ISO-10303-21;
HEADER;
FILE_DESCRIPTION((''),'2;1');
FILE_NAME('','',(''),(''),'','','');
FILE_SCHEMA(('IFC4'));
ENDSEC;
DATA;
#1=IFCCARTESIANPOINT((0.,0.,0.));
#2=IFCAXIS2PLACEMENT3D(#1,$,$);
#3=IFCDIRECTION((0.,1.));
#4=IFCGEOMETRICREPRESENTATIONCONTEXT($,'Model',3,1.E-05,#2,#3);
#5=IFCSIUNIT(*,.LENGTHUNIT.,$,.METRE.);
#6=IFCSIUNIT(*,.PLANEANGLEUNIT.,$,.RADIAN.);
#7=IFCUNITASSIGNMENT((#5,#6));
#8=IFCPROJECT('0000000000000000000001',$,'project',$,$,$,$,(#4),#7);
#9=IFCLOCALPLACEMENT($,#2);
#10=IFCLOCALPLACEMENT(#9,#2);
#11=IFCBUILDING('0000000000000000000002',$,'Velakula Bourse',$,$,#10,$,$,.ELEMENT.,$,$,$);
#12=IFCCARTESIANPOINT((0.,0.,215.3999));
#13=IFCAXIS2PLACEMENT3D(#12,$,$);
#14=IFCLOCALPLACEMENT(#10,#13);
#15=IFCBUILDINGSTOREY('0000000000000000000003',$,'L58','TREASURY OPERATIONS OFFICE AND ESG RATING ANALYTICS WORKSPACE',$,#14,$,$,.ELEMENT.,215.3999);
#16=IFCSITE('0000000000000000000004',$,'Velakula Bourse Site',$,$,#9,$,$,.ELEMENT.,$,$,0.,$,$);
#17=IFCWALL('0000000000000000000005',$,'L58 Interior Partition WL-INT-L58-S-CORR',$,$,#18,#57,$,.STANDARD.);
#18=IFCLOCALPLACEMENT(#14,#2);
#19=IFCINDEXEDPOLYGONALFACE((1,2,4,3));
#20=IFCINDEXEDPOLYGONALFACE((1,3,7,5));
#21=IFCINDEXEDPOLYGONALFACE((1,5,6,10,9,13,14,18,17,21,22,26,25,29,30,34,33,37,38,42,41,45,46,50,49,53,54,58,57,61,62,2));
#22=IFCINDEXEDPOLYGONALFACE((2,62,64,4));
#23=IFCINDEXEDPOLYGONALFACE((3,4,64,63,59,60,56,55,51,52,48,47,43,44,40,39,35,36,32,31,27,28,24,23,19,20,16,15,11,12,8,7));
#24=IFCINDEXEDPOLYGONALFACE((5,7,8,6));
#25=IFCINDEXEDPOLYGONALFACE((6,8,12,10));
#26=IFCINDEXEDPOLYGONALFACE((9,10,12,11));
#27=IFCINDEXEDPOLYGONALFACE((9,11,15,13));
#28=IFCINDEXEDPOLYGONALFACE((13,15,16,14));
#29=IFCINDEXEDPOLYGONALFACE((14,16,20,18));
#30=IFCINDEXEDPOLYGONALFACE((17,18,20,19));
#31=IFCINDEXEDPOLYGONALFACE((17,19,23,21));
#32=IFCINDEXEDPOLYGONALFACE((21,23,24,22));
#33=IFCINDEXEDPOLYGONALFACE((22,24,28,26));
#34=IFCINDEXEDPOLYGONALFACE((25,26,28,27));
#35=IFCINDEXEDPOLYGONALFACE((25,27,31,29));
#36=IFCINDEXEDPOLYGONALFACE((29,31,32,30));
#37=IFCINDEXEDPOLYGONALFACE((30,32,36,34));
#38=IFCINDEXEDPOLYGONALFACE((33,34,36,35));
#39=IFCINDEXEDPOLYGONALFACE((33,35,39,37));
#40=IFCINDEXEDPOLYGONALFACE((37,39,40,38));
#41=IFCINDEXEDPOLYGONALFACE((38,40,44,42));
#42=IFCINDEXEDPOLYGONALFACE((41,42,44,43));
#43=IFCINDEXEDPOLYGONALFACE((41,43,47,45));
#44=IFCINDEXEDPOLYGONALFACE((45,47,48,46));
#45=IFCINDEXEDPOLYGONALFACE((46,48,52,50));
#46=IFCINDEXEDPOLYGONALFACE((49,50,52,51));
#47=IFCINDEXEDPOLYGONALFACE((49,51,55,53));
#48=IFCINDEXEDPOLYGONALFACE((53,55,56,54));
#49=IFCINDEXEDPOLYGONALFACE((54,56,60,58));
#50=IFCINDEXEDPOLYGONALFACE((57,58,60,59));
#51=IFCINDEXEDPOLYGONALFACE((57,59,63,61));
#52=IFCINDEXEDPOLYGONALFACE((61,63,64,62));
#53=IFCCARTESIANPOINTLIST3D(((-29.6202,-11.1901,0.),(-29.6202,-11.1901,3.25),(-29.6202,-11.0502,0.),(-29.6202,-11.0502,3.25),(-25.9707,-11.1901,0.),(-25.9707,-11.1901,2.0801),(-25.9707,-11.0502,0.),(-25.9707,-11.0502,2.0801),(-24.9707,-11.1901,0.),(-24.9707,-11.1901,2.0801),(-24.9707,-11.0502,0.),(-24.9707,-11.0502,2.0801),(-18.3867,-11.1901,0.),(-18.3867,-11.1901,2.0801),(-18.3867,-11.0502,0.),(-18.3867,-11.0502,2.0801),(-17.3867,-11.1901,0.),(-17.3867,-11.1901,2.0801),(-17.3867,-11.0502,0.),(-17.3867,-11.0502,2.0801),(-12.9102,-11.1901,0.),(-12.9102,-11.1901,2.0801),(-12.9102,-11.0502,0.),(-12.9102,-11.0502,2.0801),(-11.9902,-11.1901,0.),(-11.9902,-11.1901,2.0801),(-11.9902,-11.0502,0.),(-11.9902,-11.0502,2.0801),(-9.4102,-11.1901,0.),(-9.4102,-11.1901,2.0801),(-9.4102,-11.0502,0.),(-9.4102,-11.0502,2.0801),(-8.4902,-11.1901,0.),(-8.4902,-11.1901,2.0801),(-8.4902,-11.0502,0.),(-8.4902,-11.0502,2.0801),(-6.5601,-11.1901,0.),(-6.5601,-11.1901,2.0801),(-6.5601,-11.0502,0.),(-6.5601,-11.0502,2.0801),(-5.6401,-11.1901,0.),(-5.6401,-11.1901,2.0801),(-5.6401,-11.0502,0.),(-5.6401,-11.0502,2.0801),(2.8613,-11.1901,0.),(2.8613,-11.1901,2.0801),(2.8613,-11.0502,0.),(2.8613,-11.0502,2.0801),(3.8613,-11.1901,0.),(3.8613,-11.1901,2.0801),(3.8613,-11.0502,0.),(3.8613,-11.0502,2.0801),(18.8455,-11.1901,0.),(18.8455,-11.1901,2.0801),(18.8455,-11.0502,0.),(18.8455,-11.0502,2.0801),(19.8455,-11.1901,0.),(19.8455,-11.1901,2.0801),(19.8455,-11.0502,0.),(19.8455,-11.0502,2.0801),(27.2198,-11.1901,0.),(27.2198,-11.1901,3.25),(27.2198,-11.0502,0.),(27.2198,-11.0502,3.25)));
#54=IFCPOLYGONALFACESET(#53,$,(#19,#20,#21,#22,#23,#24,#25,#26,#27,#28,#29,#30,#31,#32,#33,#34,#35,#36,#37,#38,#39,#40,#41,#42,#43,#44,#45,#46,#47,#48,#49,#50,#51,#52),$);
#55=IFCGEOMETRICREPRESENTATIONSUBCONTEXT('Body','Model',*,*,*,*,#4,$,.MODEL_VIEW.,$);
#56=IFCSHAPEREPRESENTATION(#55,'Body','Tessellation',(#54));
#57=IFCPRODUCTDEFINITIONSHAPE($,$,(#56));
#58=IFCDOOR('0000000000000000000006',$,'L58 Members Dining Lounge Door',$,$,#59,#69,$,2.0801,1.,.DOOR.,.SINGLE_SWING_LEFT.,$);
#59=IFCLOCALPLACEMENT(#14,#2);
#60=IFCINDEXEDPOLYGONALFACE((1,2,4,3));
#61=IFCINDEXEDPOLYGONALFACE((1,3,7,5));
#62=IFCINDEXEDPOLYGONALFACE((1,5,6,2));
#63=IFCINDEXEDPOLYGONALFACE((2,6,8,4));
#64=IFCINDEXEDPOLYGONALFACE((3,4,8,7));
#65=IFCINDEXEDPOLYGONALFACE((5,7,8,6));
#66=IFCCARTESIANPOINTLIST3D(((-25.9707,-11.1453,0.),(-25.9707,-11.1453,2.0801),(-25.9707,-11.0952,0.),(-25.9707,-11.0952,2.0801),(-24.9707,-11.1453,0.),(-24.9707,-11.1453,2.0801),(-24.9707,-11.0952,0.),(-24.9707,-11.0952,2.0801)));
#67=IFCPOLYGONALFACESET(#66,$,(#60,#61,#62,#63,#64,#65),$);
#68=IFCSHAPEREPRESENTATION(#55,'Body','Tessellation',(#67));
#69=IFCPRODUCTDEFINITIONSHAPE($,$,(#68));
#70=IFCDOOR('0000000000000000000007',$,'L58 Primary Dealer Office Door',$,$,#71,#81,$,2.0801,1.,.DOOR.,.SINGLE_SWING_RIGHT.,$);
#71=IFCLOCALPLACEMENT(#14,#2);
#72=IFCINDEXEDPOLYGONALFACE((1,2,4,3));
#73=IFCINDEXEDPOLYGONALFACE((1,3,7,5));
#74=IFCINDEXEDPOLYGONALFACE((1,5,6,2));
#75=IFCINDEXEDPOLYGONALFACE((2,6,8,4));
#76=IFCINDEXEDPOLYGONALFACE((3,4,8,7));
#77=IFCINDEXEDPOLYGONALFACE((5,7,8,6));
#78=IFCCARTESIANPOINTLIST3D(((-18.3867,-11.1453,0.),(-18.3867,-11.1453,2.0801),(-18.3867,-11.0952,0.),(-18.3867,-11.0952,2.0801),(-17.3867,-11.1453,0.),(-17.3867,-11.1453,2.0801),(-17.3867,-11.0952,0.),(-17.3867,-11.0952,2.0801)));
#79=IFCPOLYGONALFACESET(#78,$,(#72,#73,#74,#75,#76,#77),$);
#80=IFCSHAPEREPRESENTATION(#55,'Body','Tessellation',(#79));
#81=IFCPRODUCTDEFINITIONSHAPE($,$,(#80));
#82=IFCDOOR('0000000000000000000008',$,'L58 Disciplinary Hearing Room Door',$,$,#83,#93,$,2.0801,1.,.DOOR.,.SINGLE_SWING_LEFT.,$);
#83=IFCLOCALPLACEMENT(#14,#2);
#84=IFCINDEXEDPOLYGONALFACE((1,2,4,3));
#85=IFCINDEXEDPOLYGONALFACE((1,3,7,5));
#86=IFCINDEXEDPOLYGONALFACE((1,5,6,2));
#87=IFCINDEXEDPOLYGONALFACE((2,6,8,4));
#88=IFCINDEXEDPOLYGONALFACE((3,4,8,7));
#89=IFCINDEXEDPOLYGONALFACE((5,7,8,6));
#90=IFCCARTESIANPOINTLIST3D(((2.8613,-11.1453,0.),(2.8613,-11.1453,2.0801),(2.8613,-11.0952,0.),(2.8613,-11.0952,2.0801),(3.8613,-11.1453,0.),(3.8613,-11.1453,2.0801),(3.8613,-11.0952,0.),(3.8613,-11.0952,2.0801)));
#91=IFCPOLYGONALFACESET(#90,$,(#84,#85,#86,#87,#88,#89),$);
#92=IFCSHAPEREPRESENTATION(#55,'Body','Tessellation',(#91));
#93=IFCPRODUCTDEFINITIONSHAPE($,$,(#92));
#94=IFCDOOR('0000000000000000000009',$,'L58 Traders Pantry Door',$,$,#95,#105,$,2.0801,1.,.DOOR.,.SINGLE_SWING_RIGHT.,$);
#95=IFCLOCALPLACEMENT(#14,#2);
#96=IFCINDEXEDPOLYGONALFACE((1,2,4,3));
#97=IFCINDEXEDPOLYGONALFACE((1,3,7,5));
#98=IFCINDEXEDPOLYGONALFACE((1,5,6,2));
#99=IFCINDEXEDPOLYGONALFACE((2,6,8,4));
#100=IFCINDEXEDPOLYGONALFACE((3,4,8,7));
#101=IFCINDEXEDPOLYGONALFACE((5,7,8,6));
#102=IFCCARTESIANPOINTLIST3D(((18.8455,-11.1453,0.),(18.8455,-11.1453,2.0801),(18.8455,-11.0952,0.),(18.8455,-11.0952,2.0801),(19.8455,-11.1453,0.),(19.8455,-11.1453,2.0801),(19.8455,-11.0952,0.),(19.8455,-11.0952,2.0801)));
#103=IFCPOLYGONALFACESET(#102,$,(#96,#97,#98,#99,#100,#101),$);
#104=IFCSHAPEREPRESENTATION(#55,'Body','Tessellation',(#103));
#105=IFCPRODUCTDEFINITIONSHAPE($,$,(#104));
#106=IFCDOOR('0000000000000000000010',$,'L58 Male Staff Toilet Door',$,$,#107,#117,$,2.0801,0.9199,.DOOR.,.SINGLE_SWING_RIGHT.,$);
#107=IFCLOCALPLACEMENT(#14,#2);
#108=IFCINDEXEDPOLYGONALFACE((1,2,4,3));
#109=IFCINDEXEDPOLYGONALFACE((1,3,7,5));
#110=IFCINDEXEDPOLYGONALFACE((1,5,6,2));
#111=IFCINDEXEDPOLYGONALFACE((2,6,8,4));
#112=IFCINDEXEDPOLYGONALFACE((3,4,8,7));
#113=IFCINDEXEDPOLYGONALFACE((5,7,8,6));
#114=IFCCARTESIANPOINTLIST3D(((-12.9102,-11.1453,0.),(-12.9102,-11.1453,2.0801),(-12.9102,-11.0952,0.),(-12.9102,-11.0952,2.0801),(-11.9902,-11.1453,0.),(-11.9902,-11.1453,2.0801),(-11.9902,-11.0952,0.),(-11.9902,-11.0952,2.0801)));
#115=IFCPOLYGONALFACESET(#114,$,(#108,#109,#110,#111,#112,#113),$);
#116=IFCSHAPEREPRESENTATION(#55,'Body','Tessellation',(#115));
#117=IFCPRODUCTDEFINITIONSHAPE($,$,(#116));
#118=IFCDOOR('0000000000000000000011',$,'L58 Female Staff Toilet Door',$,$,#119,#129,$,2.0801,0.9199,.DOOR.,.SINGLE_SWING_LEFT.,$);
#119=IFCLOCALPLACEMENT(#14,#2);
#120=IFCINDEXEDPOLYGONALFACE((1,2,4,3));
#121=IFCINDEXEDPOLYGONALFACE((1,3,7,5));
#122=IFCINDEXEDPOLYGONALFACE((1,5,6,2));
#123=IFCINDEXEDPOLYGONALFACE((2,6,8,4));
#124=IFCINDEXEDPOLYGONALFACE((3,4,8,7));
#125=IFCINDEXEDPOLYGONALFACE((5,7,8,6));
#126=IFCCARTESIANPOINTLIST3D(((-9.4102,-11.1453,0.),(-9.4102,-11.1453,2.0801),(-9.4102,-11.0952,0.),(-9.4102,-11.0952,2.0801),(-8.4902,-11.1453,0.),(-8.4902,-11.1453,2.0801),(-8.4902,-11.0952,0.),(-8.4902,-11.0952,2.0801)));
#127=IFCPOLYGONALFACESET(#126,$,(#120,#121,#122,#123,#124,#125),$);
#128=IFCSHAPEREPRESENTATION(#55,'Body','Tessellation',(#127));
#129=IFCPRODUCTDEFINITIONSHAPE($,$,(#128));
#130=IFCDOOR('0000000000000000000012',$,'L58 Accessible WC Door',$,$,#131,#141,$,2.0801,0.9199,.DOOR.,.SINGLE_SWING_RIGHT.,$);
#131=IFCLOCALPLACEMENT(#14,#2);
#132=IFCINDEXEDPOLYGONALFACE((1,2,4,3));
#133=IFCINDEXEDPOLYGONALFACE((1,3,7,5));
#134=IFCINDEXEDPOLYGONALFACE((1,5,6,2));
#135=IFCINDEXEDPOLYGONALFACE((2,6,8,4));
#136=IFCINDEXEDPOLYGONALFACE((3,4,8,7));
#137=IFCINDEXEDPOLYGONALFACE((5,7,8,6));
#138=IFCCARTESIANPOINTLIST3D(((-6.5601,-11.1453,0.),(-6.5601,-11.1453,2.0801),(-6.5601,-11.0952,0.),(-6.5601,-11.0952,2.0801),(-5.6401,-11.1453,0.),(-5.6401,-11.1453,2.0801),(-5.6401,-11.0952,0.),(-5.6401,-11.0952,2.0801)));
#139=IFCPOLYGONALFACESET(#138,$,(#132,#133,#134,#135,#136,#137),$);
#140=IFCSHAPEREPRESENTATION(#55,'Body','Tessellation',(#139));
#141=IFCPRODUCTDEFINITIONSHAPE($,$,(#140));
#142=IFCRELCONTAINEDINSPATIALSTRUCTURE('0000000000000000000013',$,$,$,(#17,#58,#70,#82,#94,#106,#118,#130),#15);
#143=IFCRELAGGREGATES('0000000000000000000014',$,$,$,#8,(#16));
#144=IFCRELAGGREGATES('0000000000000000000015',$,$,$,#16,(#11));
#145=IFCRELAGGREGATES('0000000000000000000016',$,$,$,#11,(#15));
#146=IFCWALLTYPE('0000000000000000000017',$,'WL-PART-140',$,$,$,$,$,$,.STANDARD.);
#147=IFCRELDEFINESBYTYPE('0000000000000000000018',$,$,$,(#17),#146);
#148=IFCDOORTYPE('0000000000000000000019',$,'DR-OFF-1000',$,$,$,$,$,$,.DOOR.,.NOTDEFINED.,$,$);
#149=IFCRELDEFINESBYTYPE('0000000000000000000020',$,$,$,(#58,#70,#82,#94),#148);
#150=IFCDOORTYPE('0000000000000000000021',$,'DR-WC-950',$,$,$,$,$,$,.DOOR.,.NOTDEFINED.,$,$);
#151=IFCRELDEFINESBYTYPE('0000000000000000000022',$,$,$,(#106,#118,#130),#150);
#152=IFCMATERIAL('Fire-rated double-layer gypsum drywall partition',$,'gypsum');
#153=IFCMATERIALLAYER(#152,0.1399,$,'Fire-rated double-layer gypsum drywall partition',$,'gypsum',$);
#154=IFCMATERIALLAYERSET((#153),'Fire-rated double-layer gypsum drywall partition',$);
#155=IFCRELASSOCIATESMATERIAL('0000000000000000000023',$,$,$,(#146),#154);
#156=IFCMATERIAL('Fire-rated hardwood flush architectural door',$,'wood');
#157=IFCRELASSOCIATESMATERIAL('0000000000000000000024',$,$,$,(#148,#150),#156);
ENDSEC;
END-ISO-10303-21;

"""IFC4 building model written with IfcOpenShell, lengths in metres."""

from ifc_helpers import new_model, si_unit, direction, frame, frame_2d, origin, place, context, subcontext, project, spatial, rectangle, extrude, material, layer, layer_set, type_object, element, fill, save


model = new_model("IFC4")

# Units and contexts
model_context = context("Model", 3, precision=1e-05, world=origin(), true_north=direction((0.0, 1.0)))
body_context = subcontext(model_context, "Body", "Model", "MODEL_VIEW")
ifc_project = project(units=[si_unit("LENGTHUNIT", "METRE"), si_unit("PLANEANGLEUNIT", "RADIAN")], contexts=[model_context])

# Site, building, storey
site_placement = place(None, origin())
site = spatial("IfcSite", under=ifc_project, at=site_placement, Name="Velakula Bourse Site", CompositionType="ELEMENT", RefElevation=0.0)
building_placement = place(site_placement, origin())
building = spatial("IfcBuilding", under=site, at=building_placement, Name="Velakula Bourse", CompositionType="ELEMENT")
storey_placement = place(building_placement, frame((0.0, 0.0, 215.3999)))
storey = spatial("IfcBuildingStorey", under=building, at=storey_placement, Name="L58", Description="TREASURY OPERATIONS OFFICE AND ESG RATING ANALYTICS WORKSPACE", CompositionType="ELEMENT", Elevation=215.3999)

# Wall, openings, doors
ifc_material_1 = material(Name="Fire-rated double-layer gypsum drywall partition", Category="gypsum")
ifc_layer_1 = layer(ifc_material_1, 0.1399, Name="Fire-rated double-layer gypsum drywall partition", Category="gypsum")
ifc_layer_set_1 = layer_set([ifc_layer_1], Name="Fire-rated double-layer gypsum drywall partition")
wall_type_1 = type_object("IfcWallType", Name="WL-PART-140", PredefinedType="STANDARD", material=ifc_layer_set_1)
wall_1_placement = place(storey_placement, frame((-29.6201, -11.1201, 0.0), z_axis=(0.0, 0.0, 1.0), x_axis=(1.0, 0.0, 0.0)))
wall_1 = element("IfcWall", 1, at=wall_1_placement, inside=storey, type_object=wall_type_1, Name="L58 Interior Partition WL-INT-L58-S-CORR", PredefinedType="STANDARD", context=body_context, shape_type="SweptSolid", body=[
    extrude(rectangle(XDim=56.8401, YDim=0.1399, at=frame_2d((28.4199, 0.0))), origin(), (0.0, 0.0, 1.0), 3.25),
])
opening_1_placement = place(wall_1_placement, frame((16.71, 0.0, 0.0)))
opening_1 = element("IfcOpeningElement", 2, at=opening_1_placement, cuts=wall_1, PredefinedType="OPENING", context=body_context, shape_type="SweptSolid", body=[
    extrude(rectangle(XDim=0.9199, YDim=2.0801, at=frame_2d((0.46, 1.04))), frame((0.0, 0.0798, 0.0), z_axis=(0.0, -1.0, 0.0), x_axis=(1.0, 0.0, 0.0)), (0.0, 0.0, 1.0), 0.1599),
])
opening_2_placement = place(wall_1_placement, frame((20.21, 0.0, 0.0)))
opening_2 = element("IfcOpeningElement", 3, at=opening_2_placement, cuts=wall_1, PredefinedType="OPENING", context=body_context, shape_type="SweptSolid", body=[
    extrude(rectangle(XDim=0.9199, YDim=2.0801, at=frame_2d((0.46, 1.04))), frame((0.0, 0.0798, 0.0), z_axis=(0.0, -1.0, 0.0), x_axis=(1.0, 0.0, 0.0)), (0.0, 0.0, 1.0), 0.1599),
])
opening_3_placement = place(wall_1_placement, frame((23.0601, 0.0, 0.0)))
opening_3 = element("IfcOpeningElement", 4, at=opening_3_placement, cuts=wall_1, PredefinedType="OPENING", context=body_context, shape_type="SweptSolid", body=[
    extrude(rectangle(XDim=0.9199, YDim=2.0801, at=frame_2d((0.46, 1.04))), frame((0.0, 0.0798, 0.0), z_axis=(0.0, -1.0, 0.0), x_axis=(1.0, 0.0, 0.0)), (0.0, 0.0, 1.0), 0.1599),
])
opening_4_placement = place(wall_1_placement, frame((3.6494, 0.0, 0.0)))
opening_4 = element("IfcOpeningElement", 5, at=opening_4_placement, cuts=wall_1, PredefinedType="OPENING", context=body_context, shape_type="SweptSolid", body=[
    extrude(rectangle(XDim=1.0, YDim=2.0801, at=frame_2d((0.5, 1.04))), frame((0.0, 0.0798, 0.0), z_axis=(0.0, -1.0, 0.0), x_axis=(1.0, 0.0, 0.0)), (0.0, 0.0, 1.0), 0.1599),
])
opening_5_placement = place(wall_1_placement, frame((11.2334, 0.0, 0.0)))
opening_5 = element("IfcOpeningElement", 6, at=opening_5_placement, cuts=wall_1, PredefinedType="OPENING", context=body_context, shape_type="SweptSolid", body=[
    extrude(rectangle(XDim=1.0, YDim=2.0801, at=frame_2d((0.5, 1.04))), frame((0.0, 0.0798, 0.0), z_axis=(0.0, -1.0, 0.0), x_axis=(1.0, 0.0, 0.0)), (0.0, 0.0, 1.0), 0.1599),
])
opening_6_placement = place(wall_1_placement, frame((32.4814, 0.0, 0.0)))
opening_6 = element("IfcOpeningElement", 7, at=opening_6_placement, cuts=wall_1, PredefinedType="OPENING", context=body_context, shape_type="SweptSolid", body=[
    extrude(rectangle(XDim=1.0, YDim=2.0801, at=frame_2d((0.5, 1.04))), frame((0.0, 0.0798, 0.0), z_axis=(0.0, -1.0, 0.0), x_axis=(1.0, 0.0, 0.0)), (0.0, 0.0, 1.0), 0.1599),
])
opening_7_placement = place(wall_1_placement, frame((48.4656, 0.0, 0.0)))
opening_7 = element("IfcOpeningElement", 8, at=opening_7_placement, cuts=wall_1, PredefinedType="OPENING", context=body_context, shape_type="SweptSolid", body=[
    extrude(rectangle(XDim=1.0, YDim=2.0801, at=frame_2d((0.5, 1.04))), frame((0.0, 0.0798, 0.0), z_axis=(0.0, -1.0, 0.0), x_axis=(1.0, 0.0, 0.0)), (0.0, 0.0, 1.0), 0.1599),
])
ifc_material_2 = material(Name="Fire-rated hardwood flush architectural door", Category="wood")
door_type_1 = type_object("IfcDoorType", Name="DR-OFF-1000", OperationType="NOTDEFINED", PredefinedType="DOOR", material=ifc_material_2)
door_1_placement = place(opening_4_placement, origin())
door_1 = element("IfcDoor", 9, at=door_1_placement, inside=storey, type_object=door_type_1, Name="L58 Members Dining Lounge Door", OperationType="SINGLE_SWING_LEFT", OverallHeight=2.0801, OverallWidth=1.0, PredefinedType="DOOR", context=body_context, shape_type="SweptSolid", body=[
    extrude(rectangle(XDim=1.0, YDim=2.0801, at=frame_2d((0.5, 1.04))), frame((0.0, 0.0249, 0.0), z_axis=(0.0, -1.0, 0.0), x_axis=(1.0, 0.0, 0.0)), (0.0, 0.0, 1.0), 0.05),
])
fill(opening_4, door_1)
door_2_placement = place(opening_5_placement, origin())
door_2 = element("IfcDoor", 10, at=door_2_placement, inside=storey, type_object=door_type_1, Name="L58 Primary Dealer Office Door", OperationType="SINGLE_SWING_RIGHT", OverallHeight=2.0801, OverallWidth=1.0, PredefinedType="DOOR", context=body_context, shape_type="SweptSolid", body=[
    extrude(rectangle(XDim=1.0, YDim=2.0801, at=frame_2d((0.5, 1.04))), frame((0.0, 0.0249, 0.0), z_axis=(0.0, -1.0, 0.0), x_axis=(1.0, 0.0, 0.0)), (0.0, 0.0, 1.0), 0.05),
])
fill(opening_5, door_2)
door_3_placement = place(opening_6_placement, origin())
door_3 = element("IfcDoor", 11, at=door_3_placement, inside=storey, type_object=door_type_1, Name="L58 Disciplinary Hearing Room Door", OperationType="SINGLE_SWING_LEFT", OverallHeight=2.0801, OverallWidth=1.0, PredefinedType="DOOR", context=body_context, shape_type="SweptSolid", body=[
    extrude(rectangle(XDim=1.0, YDim=2.0801, at=frame_2d((0.5, 1.04))), frame((0.0, 0.0249, 0.0), z_axis=(0.0, -1.0, 0.0), x_axis=(1.0, 0.0, 0.0)), (0.0, 0.0, 1.0), 0.05),
])
fill(opening_6, door_3)
door_4_placement = place(opening_7_placement, origin())
door_4 = element("IfcDoor", 12, at=door_4_placement, inside=storey, type_object=door_type_1, Name="L58 Traders Pantry Door", OperationType="SINGLE_SWING_RIGHT", OverallHeight=2.0801, OverallWidth=1.0, PredefinedType="DOOR", context=body_context, shape_type="SweptSolid", body=[
    extrude(rectangle(XDim=1.0, YDim=2.0801, at=frame_2d((0.5, 1.04))), frame((0.0, 0.0249, 0.0), z_axis=(0.0, -1.0, 0.0), x_axis=(1.0, 0.0, 0.0)), (0.0, 0.0, 1.0), 0.05),
])
fill(opening_7, door_4)
door_type_2 = type_object("IfcDoorType", Name="DR-WC-950", OperationType="NOTDEFINED", PredefinedType="DOOR", material=ifc_material_2)
door_5_placement = place(opening_1_placement, origin())
door_5 = element("IfcDoor", 13, at=door_5_placement, inside=storey, type_object=door_type_2, Name="L58 Male Staff Toilet Door", OperationType="SINGLE_SWING_RIGHT", OverallHeight=2.0801, OverallWidth=0.9199, PredefinedType="DOOR", context=body_context, shape_type="SweptSolid", body=[
    extrude(rectangle(XDim=0.9199, YDim=2.0801, at=frame_2d((0.46, 1.04))), frame((0.0, 0.0249, 0.0), z_axis=(0.0, -1.0, 0.0), x_axis=(1.0, 0.0, 0.0)), (0.0, 0.0, 1.0), 0.05),
])
fill(opening_1, door_5)
door_6_placement = place(opening_2_placement, origin())
door_6 = element("IfcDoor", 14, at=door_6_placement, inside=storey, type_object=door_type_2, Name="L58 Female Staff Toilet Door", OperationType="SINGLE_SWING_LEFT", OverallHeight=2.0801, OverallWidth=0.9199, PredefinedType="DOOR", context=body_context, shape_type="SweptSolid", body=[
    extrude(rectangle(XDim=0.9199, YDim=2.0801, at=frame_2d((0.46, 1.04))), frame((0.0, 0.0249, 0.0), z_axis=(0.0, -1.0, 0.0), x_axis=(1.0, 0.0, 0.0)), (0.0, 0.0, 1.0), 0.05),
])
fill(opening_2, door_6)
door_7_placement = place(opening_3_placement, origin())
door_7 = element("IfcDoor", 15, at=door_7_placement, inside=storey, type_object=door_type_2, Name="L58 Accessible WC Door", OperationType="SINGLE_SWING_RIGHT", OverallHeight=2.0801, OverallWidth=0.9199, PredefinedType="DOOR", context=body_context, shape_type="SweptSolid", body=[
    extrude(rectangle(XDim=0.9199, YDim=2.0801, at=frame_2d((0.46, 1.04))), frame((0.0, 0.0249, 0.0), z_axis=(0.0, -1.0, 0.0), x_axis=(1.0, 0.0, 0.0)), (0.0, 0.0, 1.0), 0.05),
])
fill(opening_3, door_7)

save(model, "model.ifc")
